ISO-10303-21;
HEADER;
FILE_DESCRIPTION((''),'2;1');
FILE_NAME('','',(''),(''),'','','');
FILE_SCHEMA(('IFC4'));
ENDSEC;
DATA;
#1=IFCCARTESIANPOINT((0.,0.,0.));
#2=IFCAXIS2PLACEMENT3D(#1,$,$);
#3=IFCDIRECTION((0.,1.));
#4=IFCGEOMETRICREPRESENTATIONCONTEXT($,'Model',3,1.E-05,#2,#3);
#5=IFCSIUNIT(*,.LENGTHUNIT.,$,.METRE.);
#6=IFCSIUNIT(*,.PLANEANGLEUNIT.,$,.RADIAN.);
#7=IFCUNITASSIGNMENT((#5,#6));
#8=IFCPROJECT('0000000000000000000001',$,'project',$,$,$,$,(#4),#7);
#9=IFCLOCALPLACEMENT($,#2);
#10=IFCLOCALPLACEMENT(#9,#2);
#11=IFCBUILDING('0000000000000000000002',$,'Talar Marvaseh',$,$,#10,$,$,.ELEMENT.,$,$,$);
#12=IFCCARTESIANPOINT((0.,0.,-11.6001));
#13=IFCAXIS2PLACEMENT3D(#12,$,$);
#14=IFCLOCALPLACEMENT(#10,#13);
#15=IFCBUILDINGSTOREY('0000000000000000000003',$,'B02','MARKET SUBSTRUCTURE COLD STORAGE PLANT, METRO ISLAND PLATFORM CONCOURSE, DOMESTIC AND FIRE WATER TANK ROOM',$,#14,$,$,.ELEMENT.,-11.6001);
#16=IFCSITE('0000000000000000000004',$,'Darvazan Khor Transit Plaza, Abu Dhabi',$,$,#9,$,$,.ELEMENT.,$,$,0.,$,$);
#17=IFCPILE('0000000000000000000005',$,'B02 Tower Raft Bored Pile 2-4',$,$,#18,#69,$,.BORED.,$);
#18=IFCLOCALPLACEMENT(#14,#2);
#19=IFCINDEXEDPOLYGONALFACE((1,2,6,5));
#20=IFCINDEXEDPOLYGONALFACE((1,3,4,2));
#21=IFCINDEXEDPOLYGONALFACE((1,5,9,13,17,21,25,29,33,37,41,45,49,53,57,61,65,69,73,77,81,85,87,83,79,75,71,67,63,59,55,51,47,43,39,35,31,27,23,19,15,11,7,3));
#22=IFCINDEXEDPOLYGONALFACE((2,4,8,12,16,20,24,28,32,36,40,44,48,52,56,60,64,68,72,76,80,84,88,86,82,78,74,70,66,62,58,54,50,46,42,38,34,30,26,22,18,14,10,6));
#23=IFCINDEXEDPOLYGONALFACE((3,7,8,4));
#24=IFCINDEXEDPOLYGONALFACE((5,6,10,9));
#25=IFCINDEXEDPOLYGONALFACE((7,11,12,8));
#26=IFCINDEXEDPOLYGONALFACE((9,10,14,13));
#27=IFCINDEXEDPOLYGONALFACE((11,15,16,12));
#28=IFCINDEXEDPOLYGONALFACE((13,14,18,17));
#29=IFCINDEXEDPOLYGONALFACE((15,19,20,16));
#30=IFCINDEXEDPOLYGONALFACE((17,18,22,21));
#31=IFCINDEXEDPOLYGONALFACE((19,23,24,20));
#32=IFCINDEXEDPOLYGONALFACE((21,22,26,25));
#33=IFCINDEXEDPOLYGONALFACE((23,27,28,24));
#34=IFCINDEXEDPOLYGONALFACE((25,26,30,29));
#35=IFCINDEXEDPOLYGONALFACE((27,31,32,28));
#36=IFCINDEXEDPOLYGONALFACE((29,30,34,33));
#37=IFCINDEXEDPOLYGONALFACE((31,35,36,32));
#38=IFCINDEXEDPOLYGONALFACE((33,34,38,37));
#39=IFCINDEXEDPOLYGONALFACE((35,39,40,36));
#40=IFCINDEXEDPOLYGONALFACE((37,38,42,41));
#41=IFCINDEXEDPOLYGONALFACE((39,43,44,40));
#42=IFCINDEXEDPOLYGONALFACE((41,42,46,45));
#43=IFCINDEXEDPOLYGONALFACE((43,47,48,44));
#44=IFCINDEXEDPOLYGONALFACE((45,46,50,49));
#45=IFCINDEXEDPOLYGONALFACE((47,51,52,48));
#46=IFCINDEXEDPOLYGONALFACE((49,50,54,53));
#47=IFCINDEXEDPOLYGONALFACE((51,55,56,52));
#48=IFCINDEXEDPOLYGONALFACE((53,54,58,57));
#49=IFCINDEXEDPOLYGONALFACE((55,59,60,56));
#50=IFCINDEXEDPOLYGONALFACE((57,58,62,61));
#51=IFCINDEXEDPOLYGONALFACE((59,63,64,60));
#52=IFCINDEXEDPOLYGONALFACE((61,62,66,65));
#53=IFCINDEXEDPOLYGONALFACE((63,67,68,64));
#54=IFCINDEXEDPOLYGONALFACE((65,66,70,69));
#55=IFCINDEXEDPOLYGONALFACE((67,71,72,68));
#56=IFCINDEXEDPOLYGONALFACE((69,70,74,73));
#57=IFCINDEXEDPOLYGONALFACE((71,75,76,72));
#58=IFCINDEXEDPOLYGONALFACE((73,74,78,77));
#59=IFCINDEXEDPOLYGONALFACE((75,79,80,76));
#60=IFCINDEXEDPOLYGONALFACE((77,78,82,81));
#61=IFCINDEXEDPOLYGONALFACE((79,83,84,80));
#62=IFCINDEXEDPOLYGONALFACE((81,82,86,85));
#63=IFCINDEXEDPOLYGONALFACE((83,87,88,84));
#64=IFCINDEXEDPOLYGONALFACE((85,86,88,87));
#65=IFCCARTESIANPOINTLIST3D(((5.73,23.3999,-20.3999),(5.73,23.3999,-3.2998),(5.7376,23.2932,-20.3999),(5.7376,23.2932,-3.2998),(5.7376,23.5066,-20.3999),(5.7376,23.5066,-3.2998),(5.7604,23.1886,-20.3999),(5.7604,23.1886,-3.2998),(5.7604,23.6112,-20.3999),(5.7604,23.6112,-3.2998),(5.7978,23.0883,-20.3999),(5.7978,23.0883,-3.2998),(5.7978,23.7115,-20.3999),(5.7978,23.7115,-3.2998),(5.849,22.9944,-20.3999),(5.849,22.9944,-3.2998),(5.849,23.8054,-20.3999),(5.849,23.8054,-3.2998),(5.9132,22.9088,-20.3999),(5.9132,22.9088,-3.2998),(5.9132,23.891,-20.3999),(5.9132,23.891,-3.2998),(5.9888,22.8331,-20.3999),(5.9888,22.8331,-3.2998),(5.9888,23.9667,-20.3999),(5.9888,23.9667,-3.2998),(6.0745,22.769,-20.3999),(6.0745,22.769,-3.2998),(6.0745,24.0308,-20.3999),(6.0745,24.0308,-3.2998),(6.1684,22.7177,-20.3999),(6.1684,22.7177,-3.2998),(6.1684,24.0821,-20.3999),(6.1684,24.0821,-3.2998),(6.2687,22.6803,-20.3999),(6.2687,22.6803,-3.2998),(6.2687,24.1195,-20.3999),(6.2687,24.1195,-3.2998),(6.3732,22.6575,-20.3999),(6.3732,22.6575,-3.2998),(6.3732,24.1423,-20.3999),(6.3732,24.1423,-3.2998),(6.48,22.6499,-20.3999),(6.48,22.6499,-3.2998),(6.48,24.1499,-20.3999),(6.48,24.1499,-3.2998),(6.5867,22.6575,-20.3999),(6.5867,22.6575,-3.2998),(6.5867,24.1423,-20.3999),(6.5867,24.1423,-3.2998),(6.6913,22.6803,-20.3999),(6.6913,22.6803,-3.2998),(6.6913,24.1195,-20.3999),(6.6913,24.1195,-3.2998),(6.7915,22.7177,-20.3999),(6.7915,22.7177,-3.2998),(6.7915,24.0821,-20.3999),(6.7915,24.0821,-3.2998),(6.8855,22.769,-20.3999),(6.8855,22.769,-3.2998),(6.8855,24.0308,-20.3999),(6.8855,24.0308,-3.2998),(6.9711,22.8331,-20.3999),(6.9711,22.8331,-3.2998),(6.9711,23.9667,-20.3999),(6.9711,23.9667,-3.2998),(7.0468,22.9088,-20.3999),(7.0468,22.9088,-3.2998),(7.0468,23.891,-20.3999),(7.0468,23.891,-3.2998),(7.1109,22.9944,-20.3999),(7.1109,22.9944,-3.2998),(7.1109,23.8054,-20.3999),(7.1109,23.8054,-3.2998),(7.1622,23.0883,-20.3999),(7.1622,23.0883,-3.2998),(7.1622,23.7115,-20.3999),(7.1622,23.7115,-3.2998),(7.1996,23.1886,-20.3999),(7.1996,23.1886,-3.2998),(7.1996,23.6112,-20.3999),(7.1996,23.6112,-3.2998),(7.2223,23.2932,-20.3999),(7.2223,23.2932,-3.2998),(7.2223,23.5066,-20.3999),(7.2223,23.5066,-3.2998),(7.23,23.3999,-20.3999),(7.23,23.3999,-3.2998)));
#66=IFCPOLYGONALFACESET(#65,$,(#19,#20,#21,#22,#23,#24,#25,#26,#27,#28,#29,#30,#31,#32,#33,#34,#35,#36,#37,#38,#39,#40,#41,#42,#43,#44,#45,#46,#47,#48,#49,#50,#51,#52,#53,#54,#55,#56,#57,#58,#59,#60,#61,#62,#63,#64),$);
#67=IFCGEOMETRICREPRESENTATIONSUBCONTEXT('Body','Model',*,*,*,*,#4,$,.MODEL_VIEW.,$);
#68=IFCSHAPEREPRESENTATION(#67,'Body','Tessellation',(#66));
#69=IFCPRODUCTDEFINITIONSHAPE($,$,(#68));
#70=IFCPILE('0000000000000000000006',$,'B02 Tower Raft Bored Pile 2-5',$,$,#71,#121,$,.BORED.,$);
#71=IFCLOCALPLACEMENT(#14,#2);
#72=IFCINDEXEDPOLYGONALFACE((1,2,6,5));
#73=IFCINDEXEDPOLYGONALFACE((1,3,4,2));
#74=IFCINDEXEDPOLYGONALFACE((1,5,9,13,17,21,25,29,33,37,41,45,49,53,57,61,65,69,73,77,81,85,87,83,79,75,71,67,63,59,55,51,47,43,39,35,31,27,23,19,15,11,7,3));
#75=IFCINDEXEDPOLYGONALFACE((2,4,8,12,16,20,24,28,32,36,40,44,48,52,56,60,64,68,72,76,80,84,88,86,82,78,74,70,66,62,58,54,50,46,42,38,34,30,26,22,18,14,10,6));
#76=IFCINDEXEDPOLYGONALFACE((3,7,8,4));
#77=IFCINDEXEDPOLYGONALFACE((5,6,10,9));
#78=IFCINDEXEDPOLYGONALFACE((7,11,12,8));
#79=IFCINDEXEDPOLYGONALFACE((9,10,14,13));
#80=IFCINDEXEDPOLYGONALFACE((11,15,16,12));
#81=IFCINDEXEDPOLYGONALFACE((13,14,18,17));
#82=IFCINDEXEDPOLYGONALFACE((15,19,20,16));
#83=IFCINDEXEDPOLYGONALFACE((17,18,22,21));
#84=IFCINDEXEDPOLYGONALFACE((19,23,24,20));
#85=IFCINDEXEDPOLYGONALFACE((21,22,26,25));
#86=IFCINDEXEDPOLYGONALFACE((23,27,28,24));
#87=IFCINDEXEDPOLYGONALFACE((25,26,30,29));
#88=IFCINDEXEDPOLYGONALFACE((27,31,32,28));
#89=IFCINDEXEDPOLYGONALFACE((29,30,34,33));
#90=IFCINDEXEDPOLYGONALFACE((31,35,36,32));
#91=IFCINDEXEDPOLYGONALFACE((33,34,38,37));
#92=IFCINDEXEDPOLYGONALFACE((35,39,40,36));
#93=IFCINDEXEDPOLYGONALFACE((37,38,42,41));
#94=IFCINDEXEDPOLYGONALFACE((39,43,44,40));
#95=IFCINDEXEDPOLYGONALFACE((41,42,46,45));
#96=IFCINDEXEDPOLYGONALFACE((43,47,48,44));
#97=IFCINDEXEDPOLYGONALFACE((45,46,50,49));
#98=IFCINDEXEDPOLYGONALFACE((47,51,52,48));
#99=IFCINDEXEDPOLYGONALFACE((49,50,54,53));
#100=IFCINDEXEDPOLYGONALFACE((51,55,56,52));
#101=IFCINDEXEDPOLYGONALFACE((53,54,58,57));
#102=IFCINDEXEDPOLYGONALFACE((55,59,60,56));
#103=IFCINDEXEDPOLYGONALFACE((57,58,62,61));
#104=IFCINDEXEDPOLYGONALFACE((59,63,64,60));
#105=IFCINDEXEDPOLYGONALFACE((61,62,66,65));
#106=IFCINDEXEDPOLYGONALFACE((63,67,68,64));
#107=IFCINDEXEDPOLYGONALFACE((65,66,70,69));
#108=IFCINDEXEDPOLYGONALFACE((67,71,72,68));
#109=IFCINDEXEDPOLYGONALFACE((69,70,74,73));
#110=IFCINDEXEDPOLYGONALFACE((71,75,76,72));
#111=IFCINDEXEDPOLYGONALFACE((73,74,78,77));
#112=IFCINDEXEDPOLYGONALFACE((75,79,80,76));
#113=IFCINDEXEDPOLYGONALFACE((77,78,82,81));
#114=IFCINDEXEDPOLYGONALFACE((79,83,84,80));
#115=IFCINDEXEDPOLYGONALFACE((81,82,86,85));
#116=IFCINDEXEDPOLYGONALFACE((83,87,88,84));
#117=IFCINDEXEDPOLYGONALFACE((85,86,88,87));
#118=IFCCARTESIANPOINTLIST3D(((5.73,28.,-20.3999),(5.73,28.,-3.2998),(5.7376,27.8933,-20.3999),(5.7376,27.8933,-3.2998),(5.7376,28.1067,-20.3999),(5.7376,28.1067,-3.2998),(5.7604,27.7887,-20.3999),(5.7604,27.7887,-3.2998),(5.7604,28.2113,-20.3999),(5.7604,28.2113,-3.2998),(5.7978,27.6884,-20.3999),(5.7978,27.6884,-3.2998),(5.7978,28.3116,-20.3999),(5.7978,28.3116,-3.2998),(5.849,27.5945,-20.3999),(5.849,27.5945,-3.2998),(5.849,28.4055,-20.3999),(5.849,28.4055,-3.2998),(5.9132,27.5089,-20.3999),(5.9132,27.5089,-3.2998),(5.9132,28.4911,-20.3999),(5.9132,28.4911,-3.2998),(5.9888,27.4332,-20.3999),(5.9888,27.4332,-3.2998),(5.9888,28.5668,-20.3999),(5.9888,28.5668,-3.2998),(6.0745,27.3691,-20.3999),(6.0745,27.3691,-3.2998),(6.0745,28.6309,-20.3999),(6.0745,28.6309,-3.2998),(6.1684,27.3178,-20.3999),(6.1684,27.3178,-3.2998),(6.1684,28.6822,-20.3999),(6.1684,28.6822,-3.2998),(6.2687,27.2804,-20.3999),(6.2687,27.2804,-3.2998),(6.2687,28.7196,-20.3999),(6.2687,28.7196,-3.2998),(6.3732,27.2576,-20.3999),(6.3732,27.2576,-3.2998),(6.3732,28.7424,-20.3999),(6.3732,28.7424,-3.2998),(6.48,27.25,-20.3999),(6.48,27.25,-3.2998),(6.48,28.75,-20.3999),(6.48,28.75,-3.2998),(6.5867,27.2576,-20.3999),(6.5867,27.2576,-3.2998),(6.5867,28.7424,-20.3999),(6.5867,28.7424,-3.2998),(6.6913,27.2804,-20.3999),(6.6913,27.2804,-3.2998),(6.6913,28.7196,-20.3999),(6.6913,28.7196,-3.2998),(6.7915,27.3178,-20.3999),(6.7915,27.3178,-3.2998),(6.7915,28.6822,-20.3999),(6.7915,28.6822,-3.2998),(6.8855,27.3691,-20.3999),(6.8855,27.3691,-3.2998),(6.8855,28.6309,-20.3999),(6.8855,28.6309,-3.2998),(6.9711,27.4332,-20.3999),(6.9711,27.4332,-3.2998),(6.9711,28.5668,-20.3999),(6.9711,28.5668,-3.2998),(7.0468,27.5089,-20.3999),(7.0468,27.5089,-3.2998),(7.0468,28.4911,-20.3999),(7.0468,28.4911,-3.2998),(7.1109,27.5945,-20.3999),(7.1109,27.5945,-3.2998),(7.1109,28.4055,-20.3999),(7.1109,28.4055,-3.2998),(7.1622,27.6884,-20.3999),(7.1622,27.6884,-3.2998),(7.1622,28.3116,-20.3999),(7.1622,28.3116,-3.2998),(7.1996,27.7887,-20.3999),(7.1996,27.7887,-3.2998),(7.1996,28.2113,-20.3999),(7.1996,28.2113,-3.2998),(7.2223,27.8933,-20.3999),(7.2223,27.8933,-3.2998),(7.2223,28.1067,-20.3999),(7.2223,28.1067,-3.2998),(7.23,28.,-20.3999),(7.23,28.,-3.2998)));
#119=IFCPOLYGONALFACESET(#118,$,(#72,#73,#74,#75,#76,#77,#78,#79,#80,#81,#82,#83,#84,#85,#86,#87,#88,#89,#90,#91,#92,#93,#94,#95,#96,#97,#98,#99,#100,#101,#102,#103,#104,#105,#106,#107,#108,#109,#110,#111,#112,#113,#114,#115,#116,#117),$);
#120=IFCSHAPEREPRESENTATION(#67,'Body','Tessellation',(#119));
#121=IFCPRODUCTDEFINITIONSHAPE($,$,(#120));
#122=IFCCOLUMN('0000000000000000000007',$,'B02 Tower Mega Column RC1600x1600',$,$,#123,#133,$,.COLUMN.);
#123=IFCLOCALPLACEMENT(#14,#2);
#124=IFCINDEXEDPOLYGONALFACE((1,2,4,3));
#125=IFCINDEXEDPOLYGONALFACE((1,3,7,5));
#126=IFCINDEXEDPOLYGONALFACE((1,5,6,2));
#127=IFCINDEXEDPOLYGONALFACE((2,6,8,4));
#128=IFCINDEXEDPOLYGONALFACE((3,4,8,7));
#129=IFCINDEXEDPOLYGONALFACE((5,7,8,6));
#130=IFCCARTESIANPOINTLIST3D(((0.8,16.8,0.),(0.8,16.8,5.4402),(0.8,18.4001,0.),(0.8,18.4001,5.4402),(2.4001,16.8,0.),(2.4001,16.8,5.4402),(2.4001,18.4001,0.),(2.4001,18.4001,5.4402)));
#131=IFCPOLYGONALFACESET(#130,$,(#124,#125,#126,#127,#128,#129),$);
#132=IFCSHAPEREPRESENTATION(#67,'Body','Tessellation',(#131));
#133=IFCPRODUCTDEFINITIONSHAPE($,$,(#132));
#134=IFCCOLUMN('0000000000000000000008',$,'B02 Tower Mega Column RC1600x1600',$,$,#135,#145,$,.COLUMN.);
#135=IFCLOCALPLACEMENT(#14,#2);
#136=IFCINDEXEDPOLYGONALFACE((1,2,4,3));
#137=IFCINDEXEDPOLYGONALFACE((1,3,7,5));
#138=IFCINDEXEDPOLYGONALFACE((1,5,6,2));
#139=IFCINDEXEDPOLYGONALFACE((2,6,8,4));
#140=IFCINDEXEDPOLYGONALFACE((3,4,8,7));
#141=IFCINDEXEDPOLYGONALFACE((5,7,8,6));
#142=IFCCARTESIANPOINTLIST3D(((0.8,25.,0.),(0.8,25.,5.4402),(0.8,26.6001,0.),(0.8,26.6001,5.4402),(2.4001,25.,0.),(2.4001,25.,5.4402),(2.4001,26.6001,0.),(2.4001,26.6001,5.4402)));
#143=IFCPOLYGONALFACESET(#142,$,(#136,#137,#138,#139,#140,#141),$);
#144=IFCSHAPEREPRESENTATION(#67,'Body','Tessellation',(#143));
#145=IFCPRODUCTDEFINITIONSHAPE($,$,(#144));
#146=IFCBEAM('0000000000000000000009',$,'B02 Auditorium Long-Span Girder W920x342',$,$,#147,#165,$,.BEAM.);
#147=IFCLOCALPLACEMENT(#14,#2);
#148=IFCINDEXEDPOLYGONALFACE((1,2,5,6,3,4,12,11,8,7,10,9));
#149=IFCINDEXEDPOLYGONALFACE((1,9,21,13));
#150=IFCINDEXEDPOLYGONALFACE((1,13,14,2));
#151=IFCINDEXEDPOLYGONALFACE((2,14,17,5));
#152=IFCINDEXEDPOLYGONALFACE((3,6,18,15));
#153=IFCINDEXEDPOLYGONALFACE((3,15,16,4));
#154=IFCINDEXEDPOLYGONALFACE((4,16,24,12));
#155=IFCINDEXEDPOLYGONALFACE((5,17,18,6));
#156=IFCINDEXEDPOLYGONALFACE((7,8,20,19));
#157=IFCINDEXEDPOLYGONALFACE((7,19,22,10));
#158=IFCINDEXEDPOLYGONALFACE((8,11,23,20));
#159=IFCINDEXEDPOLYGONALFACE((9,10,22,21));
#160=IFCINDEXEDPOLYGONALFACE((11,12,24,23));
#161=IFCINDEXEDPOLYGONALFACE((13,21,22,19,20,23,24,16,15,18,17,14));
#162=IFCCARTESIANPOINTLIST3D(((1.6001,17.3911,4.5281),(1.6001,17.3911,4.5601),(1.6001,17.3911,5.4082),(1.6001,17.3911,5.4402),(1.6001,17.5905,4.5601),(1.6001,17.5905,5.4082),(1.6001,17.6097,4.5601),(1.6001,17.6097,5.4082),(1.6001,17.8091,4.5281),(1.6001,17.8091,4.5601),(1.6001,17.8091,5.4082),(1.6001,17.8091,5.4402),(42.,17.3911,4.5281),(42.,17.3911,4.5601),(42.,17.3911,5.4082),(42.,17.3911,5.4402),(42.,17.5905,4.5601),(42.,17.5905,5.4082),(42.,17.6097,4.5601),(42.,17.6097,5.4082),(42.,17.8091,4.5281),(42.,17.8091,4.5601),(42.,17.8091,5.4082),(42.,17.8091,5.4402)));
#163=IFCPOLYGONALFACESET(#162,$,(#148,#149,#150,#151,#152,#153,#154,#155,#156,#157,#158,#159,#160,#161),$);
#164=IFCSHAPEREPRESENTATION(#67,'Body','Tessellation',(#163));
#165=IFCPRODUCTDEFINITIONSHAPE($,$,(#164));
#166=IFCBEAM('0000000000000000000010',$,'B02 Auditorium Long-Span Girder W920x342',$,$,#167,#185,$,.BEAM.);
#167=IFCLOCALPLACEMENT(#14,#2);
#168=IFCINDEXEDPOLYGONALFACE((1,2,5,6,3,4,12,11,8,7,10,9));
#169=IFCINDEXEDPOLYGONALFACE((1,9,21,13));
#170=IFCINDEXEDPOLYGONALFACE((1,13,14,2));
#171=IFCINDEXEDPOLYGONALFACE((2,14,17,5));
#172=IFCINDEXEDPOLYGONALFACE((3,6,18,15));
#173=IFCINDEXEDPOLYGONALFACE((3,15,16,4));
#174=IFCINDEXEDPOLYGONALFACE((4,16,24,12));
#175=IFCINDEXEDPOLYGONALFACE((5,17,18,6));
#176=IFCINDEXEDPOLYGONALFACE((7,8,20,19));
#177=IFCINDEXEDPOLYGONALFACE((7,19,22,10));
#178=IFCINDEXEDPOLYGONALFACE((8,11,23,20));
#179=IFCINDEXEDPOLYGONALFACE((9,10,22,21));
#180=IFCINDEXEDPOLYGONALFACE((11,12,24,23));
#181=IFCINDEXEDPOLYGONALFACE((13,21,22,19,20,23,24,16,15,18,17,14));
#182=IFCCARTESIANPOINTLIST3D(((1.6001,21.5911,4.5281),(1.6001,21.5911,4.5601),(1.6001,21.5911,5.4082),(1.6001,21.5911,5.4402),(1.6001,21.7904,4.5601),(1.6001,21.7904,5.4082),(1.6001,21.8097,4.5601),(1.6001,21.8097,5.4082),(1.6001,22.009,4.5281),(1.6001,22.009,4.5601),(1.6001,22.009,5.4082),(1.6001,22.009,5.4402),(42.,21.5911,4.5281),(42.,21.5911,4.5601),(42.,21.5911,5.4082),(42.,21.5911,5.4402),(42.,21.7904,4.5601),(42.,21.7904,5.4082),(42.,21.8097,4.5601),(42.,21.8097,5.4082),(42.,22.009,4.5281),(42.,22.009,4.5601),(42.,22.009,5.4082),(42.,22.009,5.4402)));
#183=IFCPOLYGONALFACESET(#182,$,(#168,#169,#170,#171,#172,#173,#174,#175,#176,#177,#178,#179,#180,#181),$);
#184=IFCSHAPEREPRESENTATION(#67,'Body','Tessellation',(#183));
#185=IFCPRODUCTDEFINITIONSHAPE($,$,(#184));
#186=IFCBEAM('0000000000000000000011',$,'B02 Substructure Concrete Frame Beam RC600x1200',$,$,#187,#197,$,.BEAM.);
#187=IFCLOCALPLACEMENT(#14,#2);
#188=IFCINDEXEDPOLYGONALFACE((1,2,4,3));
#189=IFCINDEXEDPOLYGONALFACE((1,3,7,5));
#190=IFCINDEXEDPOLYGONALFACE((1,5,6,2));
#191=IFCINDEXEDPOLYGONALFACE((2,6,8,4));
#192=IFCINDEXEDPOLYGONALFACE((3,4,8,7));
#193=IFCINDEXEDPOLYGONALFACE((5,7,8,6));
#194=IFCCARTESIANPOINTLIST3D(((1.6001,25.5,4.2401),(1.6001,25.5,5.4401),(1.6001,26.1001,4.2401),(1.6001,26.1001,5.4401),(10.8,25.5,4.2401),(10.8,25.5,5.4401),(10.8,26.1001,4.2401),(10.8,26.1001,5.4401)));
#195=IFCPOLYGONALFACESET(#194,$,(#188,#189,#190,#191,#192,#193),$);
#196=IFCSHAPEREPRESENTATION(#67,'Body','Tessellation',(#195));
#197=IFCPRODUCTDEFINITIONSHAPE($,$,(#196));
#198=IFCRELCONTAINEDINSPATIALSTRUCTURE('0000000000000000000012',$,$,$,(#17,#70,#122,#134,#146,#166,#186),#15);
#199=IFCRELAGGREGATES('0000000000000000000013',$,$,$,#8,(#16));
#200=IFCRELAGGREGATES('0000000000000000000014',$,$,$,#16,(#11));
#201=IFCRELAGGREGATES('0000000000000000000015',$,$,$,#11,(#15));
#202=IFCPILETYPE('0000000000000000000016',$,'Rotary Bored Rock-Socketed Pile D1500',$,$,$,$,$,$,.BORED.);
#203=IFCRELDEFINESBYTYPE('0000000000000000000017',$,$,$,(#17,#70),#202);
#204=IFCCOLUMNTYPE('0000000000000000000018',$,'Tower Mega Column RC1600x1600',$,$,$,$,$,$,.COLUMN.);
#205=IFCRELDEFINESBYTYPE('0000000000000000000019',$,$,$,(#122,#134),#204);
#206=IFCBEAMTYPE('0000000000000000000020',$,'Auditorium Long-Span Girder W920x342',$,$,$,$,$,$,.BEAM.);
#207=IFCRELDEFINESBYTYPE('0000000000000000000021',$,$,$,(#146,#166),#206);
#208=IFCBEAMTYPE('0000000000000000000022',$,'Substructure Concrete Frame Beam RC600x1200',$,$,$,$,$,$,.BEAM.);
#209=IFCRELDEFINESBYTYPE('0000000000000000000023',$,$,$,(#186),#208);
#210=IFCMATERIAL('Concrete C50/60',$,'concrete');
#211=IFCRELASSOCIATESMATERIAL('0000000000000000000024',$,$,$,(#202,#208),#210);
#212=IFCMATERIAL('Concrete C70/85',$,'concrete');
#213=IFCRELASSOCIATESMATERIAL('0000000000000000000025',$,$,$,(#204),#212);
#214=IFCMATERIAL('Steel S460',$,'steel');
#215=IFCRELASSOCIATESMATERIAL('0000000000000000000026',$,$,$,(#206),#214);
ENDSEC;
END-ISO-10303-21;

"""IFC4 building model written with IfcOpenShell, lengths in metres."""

from ifc_helpers import new_model, si_unit, direction, frame, origin, origin_2d, place, context, subcontext, project, spatial, rectangle, circle, i_section, extrude, source, transform, mapped, material, material_profile, profile_set, type_object, type_shapes, element, save


model = new_model("IFC4")

# Units and contexts
model_context = context("Model", 3, precision=1e-05, world=origin(), true_north=direction((0.0, 1.0)))
body_context = subcontext(model_context, "Body", "Model", "MODEL_VIEW")
ifc_project = project(units=[si_unit("LENGTHUNIT", "METRE"), si_unit("PLANEANGLEUNIT", "RADIAN")], contexts=[model_context])

# Site, building, storey
site_placement = place(None, origin())
site = spatial("IfcSite", under=ifc_project, at=site_placement, Name="Darvazan Khor Transit Plaza, Abu Dhabi", CompositionType="ELEMENT", RefElevation=0.0)
building_placement = place(site_placement, origin())
building = spatial("IfcBuilding", under=site, at=building_placement, Name="Talar Marvaseh", CompositionType="ELEMENT")
storey_placement = place(building_placement, frame((0.0, 0.0, -11.6001)))
storey = spatial("IfcBuildingStorey", under=building, at=storey_placement, Name="B02", Description="MARKET SUBSTRUCTURE COLD STORAGE PLANT, METRO ISLAND PLATFORM CONCOURSE, DOMESTIC AND FIRE WATER TANK ROOM", CompositionType="ELEMENT", Elevation=-11.6001)

# Piles
ifc_material_1 = material(Name="Concrete C50/60", Category="concrete")
ifc_material_profile_1 = material_profile(ifc_material_1, circle(Radius=0.75, at=origin_2d()), Name="PILE-D1500")
ifc_profile_set_1 = profile_set([ifc_material_profile_1], Name="Concrete C50/60")
pile_type_1 = type_object("IfcPileType", Name="Rotary Bored Rock-Socketed Pile D1500", PredefinedType="BORED", material=ifc_profile_set_1)
shared_shape_1 = source(origin(), body_context, "Body", "SweptSolid", [
    extrude(circle(Radius=0.75, at=origin_2d()), origin(), (0.0, 0.0, 1.0), 17.1001),
])
type_shapes(pile_type_1, [shared_shape_1])
for number, where, z_axis, x_axis, name in (
    (1, (6.48, 23.3999, -3.2998), (0.0, 0.0, -1.0), (1.0, 0.0, 0.0), "B02 Tower Raft Bored Pile 2-4"),
    (2, (6.48, 28.0, -3.2998), (0.0, 0.0, -1.0), (1.0, 0.0, 0.0), "B02 Tower Raft Bored Pile 2-5"),
):
    element("IfcPile", number, at=place(storey_placement, frame(where, z_axis=z_axis, x_axis=x_axis)), inside=storey, type_object=pile_type_1, Name=name, PredefinedType="BORED", context=body_context, shape_type="MappedRepresentation", body=[
        mapped(shared_shape_1, transform((0.0, 0.0, 0.0), x_axis=(1.0, 0.0, 0.0), y_axis=(0.0, 1.0, 0.0), z_axis=(0.0, 0.0, 1.0), scale=1.0)),
    ])

# Columns
ifc_material_2 = material(Name="Concrete C70/85", Category="concrete")
ifc_material_profile_2 = material_profile(ifc_material_2, rectangle(XDim=1.6001, YDim=1.6001, at=origin_2d()), Name="RC1600x1600")
ifc_profile_set_2 = profile_set([ifc_material_profile_2], Name="Concrete C70/85")
column_type = type_object("IfcColumnType", Name="Tower Mega Column RC1600x1600", PredefinedType="COLUMN", material=ifc_profile_set_2)
for number, where, z_axis, x_axis, name in (
    (3, (1.6001, 17.6001, 0.0), (0.0, 0.0, 1.0), (1.0, 0.0, 0.0), "B02 Tower Mega Column RC1600x1600"),
    (4, (1.6001, 25.8, 0.0), (0.0, 0.0, 1.0), (1.0, 0.0, 0.0), "B02 Tower Mega Column RC1600x1600"),
):
    element("IfcColumn", number, at=place(storey_placement, frame(where, z_axis=z_axis, x_axis=x_axis)), inside=storey, type_object=column_type, Name=name, PredefinedType="COLUMN", context=body_context, shape_type="SweptSolid", body=[
        extrude(rectangle(XDim=1.6001, YDim=1.6001, at=origin_2d()), origin(), (0.0, 0.0, 1.0), 5.4402),
    ])

# Beams
ifc_material_3 = material(Name="Steel S460", Category="steel")
ifc_material_profile_3 = material_profile(ifc_material_3, i_section(OverallWidth=0.418, OverallDepth=0.9121, WebThickness=0.0193, FlangeThickness=0.032, at=origin_2d()), Name="W920x342")
ifc_profile_set_3 = profile_set([ifc_material_profile_3], Name="Steel S460")
beam_type_1 = type_object("IfcBeamType", Name="Auditorium Long-Span Girder W920x342", PredefinedType="BEAM", material=ifc_profile_set_3)
for number, where, z_axis, x_axis, name in (
    (5, (1.6001, 17.6001, 4.9841), (1.0, 0.0, 0.0), (0.0, 1.0, 0.0), "B02 Auditorium Long-Span Girder W920x342"),
    (6, (1.6001, 21.8, 4.9841), (1.0, 0.0, 0.0), (0.0, 1.0, 0.0), "B02 Auditorium Long-Span Girder W920x342"),
):
    element("IfcBeam", number, at=place(storey_placement, frame(where, z_axis=z_axis, x_axis=x_axis)), inside=storey, type_object=beam_type_1, Name=name, PredefinedType="BEAM", context=body_context, shape_type="SweptSolid", body=[
        extrude(i_section(OverallWidth=0.418, OverallDepth=0.9121, WebThickness=0.0193, FlangeThickness=0.032, at=origin_2d()), origin(), (0.0, 0.0, 1.0), 40.3999),
    ])
ifc_material_profile_4 = material_profile(ifc_material_1, rectangle(XDim=0.6001, YDim=1.2, at=origin_2d()), Name="RC600x1200")
ifc_profile_set_4 = profile_set([ifc_material_profile_4], Name="Concrete C50/60")
beam_type_2 = type_object("IfcBeamType", Name="Substructure Concrete Frame Beam RC600x1200", PredefinedType="BEAM", material=ifc_profile_set_4)
beam_1_placement = place(storey_placement, frame((1.6001, 25.8, 4.8401), z_axis=(1.0, 0.0, 0.0), x_axis=(0.0, 1.0, 0.0)))
element("IfcBeam", 7, at=beam_1_placement, inside=storey, type_object=beam_type_2, Name="B02 Substructure Concrete Frame Beam RC600x1200", PredefinedType="BEAM", context=body_context, shape_type="SweptSolid", body=[
    extrude(rectangle(XDim=0.6001, YDim=1.2, at=origin_2d()), origin(), (0.0, 0.0, 1.0), 9.2),
])

save(model, "model.ifc")
